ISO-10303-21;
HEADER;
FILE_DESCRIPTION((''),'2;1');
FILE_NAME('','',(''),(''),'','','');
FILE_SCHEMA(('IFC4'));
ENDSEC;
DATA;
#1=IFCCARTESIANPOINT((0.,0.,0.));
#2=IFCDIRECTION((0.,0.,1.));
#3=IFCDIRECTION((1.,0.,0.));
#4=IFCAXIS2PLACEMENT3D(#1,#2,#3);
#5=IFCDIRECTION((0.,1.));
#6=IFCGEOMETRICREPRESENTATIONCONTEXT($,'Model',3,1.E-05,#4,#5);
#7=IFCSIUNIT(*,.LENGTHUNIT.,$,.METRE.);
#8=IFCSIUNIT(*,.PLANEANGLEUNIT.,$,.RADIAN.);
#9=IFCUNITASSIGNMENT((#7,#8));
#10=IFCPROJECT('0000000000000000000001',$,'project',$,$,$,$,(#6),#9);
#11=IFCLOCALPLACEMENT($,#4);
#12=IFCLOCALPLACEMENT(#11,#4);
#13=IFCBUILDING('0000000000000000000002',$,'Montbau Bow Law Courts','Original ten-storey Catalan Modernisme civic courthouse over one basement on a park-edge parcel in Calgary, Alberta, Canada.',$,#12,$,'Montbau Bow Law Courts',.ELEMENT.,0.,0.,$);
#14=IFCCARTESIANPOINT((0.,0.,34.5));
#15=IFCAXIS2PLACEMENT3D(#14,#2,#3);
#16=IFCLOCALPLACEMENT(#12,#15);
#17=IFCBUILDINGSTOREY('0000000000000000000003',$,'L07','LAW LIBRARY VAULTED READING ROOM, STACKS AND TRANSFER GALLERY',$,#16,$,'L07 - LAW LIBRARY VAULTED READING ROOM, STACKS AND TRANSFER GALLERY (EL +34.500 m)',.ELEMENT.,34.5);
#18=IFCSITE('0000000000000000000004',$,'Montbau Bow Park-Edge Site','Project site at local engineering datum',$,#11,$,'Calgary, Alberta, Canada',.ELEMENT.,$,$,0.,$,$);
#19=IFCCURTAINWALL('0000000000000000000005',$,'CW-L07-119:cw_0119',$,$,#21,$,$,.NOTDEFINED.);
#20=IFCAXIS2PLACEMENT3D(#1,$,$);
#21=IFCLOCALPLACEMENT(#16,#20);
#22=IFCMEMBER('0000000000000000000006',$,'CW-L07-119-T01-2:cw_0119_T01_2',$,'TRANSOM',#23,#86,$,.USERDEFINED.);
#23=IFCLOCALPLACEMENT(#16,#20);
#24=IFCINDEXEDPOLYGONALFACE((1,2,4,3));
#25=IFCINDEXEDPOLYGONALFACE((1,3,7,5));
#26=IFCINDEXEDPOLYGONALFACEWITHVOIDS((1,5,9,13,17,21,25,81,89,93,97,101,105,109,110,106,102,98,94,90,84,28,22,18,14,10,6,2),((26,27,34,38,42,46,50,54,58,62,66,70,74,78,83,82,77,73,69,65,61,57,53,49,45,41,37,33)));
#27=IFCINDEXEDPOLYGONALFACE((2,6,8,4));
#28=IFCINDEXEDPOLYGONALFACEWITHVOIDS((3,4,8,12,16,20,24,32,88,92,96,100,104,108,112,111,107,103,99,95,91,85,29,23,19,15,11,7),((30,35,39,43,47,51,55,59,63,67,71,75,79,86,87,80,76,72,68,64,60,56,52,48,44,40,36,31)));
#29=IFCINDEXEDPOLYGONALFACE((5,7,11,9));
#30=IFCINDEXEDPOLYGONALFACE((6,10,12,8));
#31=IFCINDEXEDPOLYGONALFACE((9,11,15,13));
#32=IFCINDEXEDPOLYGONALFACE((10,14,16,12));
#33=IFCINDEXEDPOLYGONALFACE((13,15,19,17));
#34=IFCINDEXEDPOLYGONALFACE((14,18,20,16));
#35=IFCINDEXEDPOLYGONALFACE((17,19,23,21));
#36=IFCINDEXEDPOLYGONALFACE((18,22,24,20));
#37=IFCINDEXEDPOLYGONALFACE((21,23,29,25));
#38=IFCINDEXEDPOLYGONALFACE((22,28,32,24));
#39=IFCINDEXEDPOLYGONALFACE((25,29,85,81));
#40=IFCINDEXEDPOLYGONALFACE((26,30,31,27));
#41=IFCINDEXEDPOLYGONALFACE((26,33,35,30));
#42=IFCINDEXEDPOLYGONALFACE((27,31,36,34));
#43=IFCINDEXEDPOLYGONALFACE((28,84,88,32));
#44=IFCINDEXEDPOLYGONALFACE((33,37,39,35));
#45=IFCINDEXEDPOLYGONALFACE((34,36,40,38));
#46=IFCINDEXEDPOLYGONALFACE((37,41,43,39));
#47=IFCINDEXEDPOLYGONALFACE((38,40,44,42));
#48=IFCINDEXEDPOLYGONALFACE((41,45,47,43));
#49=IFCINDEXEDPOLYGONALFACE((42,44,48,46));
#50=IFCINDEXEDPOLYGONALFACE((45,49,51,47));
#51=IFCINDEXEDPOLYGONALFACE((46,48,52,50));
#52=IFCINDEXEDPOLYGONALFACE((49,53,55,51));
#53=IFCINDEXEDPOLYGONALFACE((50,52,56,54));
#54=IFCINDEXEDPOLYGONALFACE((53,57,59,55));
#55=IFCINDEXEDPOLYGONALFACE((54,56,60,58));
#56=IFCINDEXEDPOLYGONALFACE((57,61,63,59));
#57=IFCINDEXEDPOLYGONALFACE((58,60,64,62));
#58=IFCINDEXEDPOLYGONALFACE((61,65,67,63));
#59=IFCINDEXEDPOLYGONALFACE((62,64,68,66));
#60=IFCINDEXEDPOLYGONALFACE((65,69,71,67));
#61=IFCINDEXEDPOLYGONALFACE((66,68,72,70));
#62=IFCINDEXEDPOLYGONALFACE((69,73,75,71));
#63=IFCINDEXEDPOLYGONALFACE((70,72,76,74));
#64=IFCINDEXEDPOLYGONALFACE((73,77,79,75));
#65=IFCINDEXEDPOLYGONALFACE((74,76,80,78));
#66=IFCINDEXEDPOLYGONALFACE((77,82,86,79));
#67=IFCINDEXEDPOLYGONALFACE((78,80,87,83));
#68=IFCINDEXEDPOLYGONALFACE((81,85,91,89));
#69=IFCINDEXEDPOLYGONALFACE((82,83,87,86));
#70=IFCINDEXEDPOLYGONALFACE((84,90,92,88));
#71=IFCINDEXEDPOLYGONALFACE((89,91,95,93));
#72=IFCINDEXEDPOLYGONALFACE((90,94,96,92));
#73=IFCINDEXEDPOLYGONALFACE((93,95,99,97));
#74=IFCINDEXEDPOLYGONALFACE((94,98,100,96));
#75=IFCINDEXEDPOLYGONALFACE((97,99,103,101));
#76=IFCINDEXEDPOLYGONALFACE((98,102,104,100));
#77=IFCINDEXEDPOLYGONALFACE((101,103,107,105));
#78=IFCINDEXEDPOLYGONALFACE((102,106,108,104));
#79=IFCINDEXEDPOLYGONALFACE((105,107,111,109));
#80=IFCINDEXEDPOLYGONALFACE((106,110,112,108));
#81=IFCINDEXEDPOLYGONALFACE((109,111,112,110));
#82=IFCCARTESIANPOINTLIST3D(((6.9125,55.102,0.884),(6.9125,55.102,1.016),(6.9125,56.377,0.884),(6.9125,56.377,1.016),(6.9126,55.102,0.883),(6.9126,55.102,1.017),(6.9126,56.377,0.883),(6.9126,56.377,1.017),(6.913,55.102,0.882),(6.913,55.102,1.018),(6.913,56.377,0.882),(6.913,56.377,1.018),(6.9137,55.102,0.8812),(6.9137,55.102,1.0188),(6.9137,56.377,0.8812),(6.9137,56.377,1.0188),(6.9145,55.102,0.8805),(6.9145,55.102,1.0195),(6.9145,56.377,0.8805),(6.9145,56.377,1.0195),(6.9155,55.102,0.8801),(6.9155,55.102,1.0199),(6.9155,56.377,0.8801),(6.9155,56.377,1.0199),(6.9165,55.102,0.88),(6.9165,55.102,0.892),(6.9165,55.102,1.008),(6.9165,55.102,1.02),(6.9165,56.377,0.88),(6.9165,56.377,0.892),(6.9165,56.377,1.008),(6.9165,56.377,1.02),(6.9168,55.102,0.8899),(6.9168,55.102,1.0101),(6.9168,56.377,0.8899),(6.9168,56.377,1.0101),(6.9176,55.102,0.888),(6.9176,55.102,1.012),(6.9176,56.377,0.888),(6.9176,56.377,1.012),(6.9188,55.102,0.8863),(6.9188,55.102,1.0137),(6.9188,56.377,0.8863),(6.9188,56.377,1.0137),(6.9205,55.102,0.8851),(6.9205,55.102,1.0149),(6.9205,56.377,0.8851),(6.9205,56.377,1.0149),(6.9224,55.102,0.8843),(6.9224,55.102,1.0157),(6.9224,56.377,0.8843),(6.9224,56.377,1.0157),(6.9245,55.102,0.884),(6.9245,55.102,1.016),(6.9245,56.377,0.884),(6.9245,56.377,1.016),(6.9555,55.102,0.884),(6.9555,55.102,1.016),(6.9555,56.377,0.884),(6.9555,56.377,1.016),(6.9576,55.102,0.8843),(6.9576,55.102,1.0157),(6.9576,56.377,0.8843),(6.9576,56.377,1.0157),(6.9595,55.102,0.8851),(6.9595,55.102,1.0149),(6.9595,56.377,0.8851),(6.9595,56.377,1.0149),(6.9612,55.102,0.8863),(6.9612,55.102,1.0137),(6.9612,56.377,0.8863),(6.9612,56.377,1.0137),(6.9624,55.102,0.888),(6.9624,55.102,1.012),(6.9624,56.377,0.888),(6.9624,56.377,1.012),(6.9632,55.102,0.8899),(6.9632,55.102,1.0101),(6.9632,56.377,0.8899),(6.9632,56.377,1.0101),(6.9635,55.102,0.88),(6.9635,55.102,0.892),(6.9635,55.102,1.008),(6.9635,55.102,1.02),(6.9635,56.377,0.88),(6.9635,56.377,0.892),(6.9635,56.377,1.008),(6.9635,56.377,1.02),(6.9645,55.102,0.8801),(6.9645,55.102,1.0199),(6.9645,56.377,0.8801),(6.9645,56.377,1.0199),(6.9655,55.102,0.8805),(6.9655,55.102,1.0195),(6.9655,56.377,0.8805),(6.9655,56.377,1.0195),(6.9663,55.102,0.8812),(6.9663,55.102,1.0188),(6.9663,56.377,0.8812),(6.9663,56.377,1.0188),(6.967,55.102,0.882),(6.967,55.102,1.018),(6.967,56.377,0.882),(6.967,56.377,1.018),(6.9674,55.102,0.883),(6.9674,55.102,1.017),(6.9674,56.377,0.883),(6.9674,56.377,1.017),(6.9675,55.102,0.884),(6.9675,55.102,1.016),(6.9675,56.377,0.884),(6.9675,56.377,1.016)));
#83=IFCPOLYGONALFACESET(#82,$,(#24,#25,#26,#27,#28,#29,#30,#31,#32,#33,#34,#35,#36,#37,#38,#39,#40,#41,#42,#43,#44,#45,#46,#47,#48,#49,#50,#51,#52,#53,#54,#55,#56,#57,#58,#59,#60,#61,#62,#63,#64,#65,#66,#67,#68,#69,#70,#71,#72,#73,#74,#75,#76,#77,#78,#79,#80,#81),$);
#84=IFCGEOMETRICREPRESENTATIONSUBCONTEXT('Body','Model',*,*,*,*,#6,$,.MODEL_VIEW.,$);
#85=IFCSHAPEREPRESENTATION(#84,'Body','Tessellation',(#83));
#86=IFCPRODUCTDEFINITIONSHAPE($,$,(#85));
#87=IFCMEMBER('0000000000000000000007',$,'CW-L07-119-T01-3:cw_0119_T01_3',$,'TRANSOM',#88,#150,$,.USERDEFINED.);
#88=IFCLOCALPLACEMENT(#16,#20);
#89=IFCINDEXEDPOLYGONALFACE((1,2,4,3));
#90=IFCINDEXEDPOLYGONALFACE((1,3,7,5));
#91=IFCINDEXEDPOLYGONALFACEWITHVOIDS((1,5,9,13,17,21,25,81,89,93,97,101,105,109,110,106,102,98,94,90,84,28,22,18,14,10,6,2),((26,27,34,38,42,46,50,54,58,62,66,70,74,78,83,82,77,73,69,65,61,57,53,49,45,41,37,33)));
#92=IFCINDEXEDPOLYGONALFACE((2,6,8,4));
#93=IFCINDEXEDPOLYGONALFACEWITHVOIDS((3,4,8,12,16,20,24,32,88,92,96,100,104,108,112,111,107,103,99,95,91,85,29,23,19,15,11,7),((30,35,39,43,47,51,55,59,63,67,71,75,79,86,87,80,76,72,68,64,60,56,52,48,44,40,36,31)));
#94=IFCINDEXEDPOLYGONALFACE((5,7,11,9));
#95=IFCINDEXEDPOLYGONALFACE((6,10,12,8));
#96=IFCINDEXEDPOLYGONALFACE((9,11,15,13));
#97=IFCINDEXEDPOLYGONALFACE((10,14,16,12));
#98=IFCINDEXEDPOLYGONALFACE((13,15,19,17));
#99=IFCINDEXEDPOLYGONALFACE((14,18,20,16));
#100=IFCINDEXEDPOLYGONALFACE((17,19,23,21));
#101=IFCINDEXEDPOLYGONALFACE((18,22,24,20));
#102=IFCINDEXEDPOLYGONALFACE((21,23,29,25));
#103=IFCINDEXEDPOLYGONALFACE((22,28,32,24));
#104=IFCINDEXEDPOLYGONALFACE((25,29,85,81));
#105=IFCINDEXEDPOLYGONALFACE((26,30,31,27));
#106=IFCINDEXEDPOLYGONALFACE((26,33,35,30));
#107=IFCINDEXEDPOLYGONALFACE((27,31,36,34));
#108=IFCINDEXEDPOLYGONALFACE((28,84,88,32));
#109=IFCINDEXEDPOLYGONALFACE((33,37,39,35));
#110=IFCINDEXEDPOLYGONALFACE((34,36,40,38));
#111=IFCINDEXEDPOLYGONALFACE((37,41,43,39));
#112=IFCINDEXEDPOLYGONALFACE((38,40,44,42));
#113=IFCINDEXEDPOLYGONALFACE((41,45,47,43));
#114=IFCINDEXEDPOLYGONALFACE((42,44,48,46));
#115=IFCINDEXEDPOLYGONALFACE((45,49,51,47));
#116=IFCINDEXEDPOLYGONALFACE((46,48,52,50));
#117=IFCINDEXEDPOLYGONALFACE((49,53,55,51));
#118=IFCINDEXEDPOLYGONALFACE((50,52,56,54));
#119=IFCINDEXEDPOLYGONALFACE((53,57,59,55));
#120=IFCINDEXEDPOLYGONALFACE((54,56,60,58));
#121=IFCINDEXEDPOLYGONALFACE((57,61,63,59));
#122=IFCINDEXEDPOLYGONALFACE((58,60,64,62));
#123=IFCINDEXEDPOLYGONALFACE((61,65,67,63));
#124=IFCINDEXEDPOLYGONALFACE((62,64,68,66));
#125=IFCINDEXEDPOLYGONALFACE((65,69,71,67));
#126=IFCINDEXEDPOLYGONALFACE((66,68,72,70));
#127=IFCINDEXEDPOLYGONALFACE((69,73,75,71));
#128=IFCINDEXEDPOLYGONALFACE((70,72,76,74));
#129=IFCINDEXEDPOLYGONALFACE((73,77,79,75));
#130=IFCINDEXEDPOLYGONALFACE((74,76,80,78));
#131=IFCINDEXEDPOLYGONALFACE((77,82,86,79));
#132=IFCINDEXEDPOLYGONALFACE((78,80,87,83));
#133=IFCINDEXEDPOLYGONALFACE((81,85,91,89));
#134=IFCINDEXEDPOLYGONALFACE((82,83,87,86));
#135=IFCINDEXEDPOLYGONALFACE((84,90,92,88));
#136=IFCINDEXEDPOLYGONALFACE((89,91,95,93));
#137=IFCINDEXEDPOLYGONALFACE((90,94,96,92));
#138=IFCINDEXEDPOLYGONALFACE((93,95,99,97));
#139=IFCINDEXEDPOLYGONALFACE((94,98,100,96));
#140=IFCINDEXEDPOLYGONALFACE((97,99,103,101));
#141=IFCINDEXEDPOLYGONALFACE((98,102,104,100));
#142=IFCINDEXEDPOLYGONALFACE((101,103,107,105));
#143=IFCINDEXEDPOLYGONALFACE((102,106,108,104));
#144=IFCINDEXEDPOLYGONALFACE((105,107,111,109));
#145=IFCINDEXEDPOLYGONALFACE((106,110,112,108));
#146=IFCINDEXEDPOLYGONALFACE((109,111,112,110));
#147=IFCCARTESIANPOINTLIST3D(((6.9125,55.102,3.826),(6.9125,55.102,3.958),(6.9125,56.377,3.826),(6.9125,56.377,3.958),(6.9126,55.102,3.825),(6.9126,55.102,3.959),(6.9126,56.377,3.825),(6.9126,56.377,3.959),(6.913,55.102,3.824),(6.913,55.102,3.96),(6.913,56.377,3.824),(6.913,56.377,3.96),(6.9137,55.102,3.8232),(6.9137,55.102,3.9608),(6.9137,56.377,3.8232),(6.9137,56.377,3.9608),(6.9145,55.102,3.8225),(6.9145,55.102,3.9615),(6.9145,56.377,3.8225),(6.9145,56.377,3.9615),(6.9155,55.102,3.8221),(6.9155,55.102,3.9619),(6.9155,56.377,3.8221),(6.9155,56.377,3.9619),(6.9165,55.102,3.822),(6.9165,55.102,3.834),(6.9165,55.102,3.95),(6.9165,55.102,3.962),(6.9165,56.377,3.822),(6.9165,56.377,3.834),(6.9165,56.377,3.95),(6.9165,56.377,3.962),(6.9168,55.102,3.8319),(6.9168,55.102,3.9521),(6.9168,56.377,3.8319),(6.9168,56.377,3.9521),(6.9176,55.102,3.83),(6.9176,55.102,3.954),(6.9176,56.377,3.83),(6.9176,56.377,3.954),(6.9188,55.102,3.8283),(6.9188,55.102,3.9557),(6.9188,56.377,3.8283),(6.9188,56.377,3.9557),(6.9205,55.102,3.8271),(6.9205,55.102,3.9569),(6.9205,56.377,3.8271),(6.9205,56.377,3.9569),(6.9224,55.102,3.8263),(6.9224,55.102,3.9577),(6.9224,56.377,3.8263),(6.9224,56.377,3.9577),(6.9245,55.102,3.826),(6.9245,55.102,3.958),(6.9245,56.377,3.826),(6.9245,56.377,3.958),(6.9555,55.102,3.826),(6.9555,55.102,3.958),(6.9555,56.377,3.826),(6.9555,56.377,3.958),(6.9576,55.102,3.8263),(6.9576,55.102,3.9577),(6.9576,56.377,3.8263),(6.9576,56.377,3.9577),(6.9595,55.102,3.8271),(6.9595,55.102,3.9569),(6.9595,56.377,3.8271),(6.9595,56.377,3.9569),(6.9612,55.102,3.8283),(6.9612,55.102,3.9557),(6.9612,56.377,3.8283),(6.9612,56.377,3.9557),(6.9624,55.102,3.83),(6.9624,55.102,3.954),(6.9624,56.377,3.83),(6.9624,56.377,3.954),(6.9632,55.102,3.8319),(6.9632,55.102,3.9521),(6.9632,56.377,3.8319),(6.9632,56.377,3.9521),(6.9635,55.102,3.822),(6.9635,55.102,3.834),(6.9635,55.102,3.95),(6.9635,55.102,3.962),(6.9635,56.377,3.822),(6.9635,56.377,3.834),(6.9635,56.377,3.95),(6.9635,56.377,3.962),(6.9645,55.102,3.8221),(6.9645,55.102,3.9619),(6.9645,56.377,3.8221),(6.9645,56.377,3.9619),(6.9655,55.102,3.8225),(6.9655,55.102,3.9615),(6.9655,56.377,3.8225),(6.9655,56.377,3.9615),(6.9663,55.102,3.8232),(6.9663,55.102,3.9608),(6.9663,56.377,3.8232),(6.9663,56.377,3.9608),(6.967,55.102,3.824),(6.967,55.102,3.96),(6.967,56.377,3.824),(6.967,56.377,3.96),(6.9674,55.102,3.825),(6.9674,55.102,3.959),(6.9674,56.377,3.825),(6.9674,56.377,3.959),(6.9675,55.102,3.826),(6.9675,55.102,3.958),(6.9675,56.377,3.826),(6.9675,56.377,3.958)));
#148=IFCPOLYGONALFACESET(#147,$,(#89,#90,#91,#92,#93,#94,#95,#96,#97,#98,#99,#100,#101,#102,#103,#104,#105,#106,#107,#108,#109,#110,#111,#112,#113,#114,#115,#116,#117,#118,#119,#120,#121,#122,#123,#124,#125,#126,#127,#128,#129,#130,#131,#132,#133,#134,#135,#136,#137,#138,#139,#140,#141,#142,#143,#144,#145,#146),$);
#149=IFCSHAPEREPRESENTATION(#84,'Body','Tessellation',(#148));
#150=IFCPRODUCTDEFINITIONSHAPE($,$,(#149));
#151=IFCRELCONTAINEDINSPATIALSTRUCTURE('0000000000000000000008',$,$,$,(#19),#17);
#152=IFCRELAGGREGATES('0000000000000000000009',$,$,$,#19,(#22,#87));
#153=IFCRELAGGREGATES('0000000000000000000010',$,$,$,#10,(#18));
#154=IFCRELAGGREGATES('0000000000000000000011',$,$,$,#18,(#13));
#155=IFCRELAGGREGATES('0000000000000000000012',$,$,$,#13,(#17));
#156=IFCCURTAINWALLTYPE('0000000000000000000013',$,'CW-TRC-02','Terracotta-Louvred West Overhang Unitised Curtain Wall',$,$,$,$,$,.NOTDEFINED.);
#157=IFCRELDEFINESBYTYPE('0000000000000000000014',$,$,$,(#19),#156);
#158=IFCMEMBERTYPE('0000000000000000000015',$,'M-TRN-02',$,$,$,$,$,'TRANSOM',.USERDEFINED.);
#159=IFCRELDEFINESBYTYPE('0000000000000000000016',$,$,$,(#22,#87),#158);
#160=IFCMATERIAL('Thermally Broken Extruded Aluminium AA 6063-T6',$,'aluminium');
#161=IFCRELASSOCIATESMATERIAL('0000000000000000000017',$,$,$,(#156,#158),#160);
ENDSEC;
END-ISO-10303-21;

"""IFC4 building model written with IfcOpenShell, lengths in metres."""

from ifc_helpers import new_model, si_unit, direction, frame, origin_with_axes, origin_2d_with_axis, place, context, subcontext, project, spatial, hollow_rectangle, extrude, material, material_profile, profile_set, type_object, element, aggregate, save


model = new_model("IFC4")

# Units and contexts
model_context = context("Model", 3, precision=1e-05, world=origin_with_axes(), true_north=direction((0.0, 1.0)))
body_context = subcontext(model_context, "Body", "Model", "MODEL_VIEW")
ifc_project = project(units=[si_unit("LENGTHUNIT", "METRE"), si_unit("PLANEANGLEUNIT", "RADIAN")], contexts=[model_context])

# Site, building, storey
site_placement = place(None, origin_with_axes())
site = spatial("IfcSite", under=ifc_project, at=site_placement, Name="Montbau Bow Park-Edge Site", Description="Project site at local engineering datum", LongName="Calgary, Alberta, Canada", CompositionType="ELEMENT", RefElevation=0.0)
building_placement = place(site_placement, origin_with_axes())
building = spatial("IfcBuilding", under=site, at=building_placement, Name="Montbau Bow Law Courts", Description="Original ten-storey Catalan Modernisme civic courthouse over one basement on a park-edge parcel in Calgary, Alberta, Canada.", LongName="Montbau Bow Law Courts", CompositionType="ELEMENT", ElevationOfRefHeight=0.0, ElevationOfTerrain=0.0)
storey_placement = place(building_placement, frame((0.0, 0.0, 34.5), z_axis=(0.0, 0.0, 1.0), x_axis=(1.0, 0.0, 0.0)))
storey = spatial("IfcBuildingStorey", under=building, at=storey_placement, Name="L07", Description="LAW LIBRARY VAULTED READING ROOM, STACKS AND TRANSFER GALLERY", LongName="L07 - LAW LIBRARY VAULTED READING ROOM, STACKS AND TRANSFER GALLERY (EL +34.500 m)", CompositionType="ELEMENT", Elevation=34.5)

# Shared definitions
ifc_material_1 = material(Name="Thermally Broken Extruded Aluminium AA 6063-T6", Category="aluminium")
curtain_wall_type = type_object("IfcCurtainWallType", Name="CW-TRC-02", Description="Terracotta-Louvred West Overhang Unitised Curtain Wall", PredefinedType="NOTDEFINED", material=ifc_material_1)

# Curtain wall
curtain_wall_1_placement = place(None, frame((6.94, 55.04, 34.5), z_axis=(0.0, 0.0, 1.0), x_axis=(1.0, 0.0, 0.0)))
curtain_wall_1 = element("IfcCurtainWall", 1, at=curtain_wall_1_placement, inside=storey, type_object=curtain_wall_type, Name="CW-L07-119:cw_0119", PredefinedType="NOTDEFINED")

# Members
ifc_material_profile_1 = material_profile(ifc_material_1, hollow_rectangle(XDim=0.055, YDim=0.14, WallThickness=0.004, InnerFilletRadius=0.008, OuterFilletRadius=0.004, at=origin_2d_with_axis()), Name="CWT-140X55", Category="Main", Priority=0)
ifc_profile_set_1 = profile_set([ifc_material_profile_1], Name="Thermally Broken Extruded Aluminium AA 6063-T6")
member_type_1 = type_object("IfcMemberType", Name="M-TRN-02", ElementType="TRANSOM", PredefinedType="USERDEFINED", material=ifc_profile_set_1)
member_1_placement = place(None, frame((6.94, 55.102, 35.45), z_axis=(0.0, 1.0, 0.0), x_axis=(-1.0, 0.0, 0.0)))
member_1 = element("IfcMember", 2, at=member_1_placement, type_object=member_type_1, Name="CW-L07-119-T01-2:cw_0119_T01_2", ObjectType="TRANSOM", PredefinedType="USERDEFINED", context=body_context, shape_type="SweptSolid", body=[
    extrude(hollow_rectangle(XDim=0.055, YDim=0.14, WallThickness=0.004, InnerFilletRadius=0.008, OuterFilletRadius=0.004, at=origin_2d_with_axis()), origin_with_axes(), (0.0, 0.0, 1.0), 1.275),
])
member_2_placement = place(None, frame((6.94, 55.102, 38.392), z_axis=(0.0, 1.0, 0.0), x_axis=(-1.0, 0.0, 0.0)))
member_2 = element("IfcMember", 3, at=member_2_placement, type_object=member_type_1, Name="CW-L07-119-T01-3:cw_0119_T01_3", ObjectType="TRANSOM", PredefinedType="USERDEFINED", context=body_context, shape_type="SweptSolid", body=[
    extrude(hollow_rectangle(XDim=0.055, YDim=0.14, WallThickness=0.004, InnerFilletRadius=0.008, OuterFilletRadius=0.004, at=origin_2d_with_axis()), origin_with_axes(), (0.0, 0.0, 1.0), 1.275),
])

aggregate(curtain_wall_1, [member_1, member_2])

save(model, "model.ifc")
